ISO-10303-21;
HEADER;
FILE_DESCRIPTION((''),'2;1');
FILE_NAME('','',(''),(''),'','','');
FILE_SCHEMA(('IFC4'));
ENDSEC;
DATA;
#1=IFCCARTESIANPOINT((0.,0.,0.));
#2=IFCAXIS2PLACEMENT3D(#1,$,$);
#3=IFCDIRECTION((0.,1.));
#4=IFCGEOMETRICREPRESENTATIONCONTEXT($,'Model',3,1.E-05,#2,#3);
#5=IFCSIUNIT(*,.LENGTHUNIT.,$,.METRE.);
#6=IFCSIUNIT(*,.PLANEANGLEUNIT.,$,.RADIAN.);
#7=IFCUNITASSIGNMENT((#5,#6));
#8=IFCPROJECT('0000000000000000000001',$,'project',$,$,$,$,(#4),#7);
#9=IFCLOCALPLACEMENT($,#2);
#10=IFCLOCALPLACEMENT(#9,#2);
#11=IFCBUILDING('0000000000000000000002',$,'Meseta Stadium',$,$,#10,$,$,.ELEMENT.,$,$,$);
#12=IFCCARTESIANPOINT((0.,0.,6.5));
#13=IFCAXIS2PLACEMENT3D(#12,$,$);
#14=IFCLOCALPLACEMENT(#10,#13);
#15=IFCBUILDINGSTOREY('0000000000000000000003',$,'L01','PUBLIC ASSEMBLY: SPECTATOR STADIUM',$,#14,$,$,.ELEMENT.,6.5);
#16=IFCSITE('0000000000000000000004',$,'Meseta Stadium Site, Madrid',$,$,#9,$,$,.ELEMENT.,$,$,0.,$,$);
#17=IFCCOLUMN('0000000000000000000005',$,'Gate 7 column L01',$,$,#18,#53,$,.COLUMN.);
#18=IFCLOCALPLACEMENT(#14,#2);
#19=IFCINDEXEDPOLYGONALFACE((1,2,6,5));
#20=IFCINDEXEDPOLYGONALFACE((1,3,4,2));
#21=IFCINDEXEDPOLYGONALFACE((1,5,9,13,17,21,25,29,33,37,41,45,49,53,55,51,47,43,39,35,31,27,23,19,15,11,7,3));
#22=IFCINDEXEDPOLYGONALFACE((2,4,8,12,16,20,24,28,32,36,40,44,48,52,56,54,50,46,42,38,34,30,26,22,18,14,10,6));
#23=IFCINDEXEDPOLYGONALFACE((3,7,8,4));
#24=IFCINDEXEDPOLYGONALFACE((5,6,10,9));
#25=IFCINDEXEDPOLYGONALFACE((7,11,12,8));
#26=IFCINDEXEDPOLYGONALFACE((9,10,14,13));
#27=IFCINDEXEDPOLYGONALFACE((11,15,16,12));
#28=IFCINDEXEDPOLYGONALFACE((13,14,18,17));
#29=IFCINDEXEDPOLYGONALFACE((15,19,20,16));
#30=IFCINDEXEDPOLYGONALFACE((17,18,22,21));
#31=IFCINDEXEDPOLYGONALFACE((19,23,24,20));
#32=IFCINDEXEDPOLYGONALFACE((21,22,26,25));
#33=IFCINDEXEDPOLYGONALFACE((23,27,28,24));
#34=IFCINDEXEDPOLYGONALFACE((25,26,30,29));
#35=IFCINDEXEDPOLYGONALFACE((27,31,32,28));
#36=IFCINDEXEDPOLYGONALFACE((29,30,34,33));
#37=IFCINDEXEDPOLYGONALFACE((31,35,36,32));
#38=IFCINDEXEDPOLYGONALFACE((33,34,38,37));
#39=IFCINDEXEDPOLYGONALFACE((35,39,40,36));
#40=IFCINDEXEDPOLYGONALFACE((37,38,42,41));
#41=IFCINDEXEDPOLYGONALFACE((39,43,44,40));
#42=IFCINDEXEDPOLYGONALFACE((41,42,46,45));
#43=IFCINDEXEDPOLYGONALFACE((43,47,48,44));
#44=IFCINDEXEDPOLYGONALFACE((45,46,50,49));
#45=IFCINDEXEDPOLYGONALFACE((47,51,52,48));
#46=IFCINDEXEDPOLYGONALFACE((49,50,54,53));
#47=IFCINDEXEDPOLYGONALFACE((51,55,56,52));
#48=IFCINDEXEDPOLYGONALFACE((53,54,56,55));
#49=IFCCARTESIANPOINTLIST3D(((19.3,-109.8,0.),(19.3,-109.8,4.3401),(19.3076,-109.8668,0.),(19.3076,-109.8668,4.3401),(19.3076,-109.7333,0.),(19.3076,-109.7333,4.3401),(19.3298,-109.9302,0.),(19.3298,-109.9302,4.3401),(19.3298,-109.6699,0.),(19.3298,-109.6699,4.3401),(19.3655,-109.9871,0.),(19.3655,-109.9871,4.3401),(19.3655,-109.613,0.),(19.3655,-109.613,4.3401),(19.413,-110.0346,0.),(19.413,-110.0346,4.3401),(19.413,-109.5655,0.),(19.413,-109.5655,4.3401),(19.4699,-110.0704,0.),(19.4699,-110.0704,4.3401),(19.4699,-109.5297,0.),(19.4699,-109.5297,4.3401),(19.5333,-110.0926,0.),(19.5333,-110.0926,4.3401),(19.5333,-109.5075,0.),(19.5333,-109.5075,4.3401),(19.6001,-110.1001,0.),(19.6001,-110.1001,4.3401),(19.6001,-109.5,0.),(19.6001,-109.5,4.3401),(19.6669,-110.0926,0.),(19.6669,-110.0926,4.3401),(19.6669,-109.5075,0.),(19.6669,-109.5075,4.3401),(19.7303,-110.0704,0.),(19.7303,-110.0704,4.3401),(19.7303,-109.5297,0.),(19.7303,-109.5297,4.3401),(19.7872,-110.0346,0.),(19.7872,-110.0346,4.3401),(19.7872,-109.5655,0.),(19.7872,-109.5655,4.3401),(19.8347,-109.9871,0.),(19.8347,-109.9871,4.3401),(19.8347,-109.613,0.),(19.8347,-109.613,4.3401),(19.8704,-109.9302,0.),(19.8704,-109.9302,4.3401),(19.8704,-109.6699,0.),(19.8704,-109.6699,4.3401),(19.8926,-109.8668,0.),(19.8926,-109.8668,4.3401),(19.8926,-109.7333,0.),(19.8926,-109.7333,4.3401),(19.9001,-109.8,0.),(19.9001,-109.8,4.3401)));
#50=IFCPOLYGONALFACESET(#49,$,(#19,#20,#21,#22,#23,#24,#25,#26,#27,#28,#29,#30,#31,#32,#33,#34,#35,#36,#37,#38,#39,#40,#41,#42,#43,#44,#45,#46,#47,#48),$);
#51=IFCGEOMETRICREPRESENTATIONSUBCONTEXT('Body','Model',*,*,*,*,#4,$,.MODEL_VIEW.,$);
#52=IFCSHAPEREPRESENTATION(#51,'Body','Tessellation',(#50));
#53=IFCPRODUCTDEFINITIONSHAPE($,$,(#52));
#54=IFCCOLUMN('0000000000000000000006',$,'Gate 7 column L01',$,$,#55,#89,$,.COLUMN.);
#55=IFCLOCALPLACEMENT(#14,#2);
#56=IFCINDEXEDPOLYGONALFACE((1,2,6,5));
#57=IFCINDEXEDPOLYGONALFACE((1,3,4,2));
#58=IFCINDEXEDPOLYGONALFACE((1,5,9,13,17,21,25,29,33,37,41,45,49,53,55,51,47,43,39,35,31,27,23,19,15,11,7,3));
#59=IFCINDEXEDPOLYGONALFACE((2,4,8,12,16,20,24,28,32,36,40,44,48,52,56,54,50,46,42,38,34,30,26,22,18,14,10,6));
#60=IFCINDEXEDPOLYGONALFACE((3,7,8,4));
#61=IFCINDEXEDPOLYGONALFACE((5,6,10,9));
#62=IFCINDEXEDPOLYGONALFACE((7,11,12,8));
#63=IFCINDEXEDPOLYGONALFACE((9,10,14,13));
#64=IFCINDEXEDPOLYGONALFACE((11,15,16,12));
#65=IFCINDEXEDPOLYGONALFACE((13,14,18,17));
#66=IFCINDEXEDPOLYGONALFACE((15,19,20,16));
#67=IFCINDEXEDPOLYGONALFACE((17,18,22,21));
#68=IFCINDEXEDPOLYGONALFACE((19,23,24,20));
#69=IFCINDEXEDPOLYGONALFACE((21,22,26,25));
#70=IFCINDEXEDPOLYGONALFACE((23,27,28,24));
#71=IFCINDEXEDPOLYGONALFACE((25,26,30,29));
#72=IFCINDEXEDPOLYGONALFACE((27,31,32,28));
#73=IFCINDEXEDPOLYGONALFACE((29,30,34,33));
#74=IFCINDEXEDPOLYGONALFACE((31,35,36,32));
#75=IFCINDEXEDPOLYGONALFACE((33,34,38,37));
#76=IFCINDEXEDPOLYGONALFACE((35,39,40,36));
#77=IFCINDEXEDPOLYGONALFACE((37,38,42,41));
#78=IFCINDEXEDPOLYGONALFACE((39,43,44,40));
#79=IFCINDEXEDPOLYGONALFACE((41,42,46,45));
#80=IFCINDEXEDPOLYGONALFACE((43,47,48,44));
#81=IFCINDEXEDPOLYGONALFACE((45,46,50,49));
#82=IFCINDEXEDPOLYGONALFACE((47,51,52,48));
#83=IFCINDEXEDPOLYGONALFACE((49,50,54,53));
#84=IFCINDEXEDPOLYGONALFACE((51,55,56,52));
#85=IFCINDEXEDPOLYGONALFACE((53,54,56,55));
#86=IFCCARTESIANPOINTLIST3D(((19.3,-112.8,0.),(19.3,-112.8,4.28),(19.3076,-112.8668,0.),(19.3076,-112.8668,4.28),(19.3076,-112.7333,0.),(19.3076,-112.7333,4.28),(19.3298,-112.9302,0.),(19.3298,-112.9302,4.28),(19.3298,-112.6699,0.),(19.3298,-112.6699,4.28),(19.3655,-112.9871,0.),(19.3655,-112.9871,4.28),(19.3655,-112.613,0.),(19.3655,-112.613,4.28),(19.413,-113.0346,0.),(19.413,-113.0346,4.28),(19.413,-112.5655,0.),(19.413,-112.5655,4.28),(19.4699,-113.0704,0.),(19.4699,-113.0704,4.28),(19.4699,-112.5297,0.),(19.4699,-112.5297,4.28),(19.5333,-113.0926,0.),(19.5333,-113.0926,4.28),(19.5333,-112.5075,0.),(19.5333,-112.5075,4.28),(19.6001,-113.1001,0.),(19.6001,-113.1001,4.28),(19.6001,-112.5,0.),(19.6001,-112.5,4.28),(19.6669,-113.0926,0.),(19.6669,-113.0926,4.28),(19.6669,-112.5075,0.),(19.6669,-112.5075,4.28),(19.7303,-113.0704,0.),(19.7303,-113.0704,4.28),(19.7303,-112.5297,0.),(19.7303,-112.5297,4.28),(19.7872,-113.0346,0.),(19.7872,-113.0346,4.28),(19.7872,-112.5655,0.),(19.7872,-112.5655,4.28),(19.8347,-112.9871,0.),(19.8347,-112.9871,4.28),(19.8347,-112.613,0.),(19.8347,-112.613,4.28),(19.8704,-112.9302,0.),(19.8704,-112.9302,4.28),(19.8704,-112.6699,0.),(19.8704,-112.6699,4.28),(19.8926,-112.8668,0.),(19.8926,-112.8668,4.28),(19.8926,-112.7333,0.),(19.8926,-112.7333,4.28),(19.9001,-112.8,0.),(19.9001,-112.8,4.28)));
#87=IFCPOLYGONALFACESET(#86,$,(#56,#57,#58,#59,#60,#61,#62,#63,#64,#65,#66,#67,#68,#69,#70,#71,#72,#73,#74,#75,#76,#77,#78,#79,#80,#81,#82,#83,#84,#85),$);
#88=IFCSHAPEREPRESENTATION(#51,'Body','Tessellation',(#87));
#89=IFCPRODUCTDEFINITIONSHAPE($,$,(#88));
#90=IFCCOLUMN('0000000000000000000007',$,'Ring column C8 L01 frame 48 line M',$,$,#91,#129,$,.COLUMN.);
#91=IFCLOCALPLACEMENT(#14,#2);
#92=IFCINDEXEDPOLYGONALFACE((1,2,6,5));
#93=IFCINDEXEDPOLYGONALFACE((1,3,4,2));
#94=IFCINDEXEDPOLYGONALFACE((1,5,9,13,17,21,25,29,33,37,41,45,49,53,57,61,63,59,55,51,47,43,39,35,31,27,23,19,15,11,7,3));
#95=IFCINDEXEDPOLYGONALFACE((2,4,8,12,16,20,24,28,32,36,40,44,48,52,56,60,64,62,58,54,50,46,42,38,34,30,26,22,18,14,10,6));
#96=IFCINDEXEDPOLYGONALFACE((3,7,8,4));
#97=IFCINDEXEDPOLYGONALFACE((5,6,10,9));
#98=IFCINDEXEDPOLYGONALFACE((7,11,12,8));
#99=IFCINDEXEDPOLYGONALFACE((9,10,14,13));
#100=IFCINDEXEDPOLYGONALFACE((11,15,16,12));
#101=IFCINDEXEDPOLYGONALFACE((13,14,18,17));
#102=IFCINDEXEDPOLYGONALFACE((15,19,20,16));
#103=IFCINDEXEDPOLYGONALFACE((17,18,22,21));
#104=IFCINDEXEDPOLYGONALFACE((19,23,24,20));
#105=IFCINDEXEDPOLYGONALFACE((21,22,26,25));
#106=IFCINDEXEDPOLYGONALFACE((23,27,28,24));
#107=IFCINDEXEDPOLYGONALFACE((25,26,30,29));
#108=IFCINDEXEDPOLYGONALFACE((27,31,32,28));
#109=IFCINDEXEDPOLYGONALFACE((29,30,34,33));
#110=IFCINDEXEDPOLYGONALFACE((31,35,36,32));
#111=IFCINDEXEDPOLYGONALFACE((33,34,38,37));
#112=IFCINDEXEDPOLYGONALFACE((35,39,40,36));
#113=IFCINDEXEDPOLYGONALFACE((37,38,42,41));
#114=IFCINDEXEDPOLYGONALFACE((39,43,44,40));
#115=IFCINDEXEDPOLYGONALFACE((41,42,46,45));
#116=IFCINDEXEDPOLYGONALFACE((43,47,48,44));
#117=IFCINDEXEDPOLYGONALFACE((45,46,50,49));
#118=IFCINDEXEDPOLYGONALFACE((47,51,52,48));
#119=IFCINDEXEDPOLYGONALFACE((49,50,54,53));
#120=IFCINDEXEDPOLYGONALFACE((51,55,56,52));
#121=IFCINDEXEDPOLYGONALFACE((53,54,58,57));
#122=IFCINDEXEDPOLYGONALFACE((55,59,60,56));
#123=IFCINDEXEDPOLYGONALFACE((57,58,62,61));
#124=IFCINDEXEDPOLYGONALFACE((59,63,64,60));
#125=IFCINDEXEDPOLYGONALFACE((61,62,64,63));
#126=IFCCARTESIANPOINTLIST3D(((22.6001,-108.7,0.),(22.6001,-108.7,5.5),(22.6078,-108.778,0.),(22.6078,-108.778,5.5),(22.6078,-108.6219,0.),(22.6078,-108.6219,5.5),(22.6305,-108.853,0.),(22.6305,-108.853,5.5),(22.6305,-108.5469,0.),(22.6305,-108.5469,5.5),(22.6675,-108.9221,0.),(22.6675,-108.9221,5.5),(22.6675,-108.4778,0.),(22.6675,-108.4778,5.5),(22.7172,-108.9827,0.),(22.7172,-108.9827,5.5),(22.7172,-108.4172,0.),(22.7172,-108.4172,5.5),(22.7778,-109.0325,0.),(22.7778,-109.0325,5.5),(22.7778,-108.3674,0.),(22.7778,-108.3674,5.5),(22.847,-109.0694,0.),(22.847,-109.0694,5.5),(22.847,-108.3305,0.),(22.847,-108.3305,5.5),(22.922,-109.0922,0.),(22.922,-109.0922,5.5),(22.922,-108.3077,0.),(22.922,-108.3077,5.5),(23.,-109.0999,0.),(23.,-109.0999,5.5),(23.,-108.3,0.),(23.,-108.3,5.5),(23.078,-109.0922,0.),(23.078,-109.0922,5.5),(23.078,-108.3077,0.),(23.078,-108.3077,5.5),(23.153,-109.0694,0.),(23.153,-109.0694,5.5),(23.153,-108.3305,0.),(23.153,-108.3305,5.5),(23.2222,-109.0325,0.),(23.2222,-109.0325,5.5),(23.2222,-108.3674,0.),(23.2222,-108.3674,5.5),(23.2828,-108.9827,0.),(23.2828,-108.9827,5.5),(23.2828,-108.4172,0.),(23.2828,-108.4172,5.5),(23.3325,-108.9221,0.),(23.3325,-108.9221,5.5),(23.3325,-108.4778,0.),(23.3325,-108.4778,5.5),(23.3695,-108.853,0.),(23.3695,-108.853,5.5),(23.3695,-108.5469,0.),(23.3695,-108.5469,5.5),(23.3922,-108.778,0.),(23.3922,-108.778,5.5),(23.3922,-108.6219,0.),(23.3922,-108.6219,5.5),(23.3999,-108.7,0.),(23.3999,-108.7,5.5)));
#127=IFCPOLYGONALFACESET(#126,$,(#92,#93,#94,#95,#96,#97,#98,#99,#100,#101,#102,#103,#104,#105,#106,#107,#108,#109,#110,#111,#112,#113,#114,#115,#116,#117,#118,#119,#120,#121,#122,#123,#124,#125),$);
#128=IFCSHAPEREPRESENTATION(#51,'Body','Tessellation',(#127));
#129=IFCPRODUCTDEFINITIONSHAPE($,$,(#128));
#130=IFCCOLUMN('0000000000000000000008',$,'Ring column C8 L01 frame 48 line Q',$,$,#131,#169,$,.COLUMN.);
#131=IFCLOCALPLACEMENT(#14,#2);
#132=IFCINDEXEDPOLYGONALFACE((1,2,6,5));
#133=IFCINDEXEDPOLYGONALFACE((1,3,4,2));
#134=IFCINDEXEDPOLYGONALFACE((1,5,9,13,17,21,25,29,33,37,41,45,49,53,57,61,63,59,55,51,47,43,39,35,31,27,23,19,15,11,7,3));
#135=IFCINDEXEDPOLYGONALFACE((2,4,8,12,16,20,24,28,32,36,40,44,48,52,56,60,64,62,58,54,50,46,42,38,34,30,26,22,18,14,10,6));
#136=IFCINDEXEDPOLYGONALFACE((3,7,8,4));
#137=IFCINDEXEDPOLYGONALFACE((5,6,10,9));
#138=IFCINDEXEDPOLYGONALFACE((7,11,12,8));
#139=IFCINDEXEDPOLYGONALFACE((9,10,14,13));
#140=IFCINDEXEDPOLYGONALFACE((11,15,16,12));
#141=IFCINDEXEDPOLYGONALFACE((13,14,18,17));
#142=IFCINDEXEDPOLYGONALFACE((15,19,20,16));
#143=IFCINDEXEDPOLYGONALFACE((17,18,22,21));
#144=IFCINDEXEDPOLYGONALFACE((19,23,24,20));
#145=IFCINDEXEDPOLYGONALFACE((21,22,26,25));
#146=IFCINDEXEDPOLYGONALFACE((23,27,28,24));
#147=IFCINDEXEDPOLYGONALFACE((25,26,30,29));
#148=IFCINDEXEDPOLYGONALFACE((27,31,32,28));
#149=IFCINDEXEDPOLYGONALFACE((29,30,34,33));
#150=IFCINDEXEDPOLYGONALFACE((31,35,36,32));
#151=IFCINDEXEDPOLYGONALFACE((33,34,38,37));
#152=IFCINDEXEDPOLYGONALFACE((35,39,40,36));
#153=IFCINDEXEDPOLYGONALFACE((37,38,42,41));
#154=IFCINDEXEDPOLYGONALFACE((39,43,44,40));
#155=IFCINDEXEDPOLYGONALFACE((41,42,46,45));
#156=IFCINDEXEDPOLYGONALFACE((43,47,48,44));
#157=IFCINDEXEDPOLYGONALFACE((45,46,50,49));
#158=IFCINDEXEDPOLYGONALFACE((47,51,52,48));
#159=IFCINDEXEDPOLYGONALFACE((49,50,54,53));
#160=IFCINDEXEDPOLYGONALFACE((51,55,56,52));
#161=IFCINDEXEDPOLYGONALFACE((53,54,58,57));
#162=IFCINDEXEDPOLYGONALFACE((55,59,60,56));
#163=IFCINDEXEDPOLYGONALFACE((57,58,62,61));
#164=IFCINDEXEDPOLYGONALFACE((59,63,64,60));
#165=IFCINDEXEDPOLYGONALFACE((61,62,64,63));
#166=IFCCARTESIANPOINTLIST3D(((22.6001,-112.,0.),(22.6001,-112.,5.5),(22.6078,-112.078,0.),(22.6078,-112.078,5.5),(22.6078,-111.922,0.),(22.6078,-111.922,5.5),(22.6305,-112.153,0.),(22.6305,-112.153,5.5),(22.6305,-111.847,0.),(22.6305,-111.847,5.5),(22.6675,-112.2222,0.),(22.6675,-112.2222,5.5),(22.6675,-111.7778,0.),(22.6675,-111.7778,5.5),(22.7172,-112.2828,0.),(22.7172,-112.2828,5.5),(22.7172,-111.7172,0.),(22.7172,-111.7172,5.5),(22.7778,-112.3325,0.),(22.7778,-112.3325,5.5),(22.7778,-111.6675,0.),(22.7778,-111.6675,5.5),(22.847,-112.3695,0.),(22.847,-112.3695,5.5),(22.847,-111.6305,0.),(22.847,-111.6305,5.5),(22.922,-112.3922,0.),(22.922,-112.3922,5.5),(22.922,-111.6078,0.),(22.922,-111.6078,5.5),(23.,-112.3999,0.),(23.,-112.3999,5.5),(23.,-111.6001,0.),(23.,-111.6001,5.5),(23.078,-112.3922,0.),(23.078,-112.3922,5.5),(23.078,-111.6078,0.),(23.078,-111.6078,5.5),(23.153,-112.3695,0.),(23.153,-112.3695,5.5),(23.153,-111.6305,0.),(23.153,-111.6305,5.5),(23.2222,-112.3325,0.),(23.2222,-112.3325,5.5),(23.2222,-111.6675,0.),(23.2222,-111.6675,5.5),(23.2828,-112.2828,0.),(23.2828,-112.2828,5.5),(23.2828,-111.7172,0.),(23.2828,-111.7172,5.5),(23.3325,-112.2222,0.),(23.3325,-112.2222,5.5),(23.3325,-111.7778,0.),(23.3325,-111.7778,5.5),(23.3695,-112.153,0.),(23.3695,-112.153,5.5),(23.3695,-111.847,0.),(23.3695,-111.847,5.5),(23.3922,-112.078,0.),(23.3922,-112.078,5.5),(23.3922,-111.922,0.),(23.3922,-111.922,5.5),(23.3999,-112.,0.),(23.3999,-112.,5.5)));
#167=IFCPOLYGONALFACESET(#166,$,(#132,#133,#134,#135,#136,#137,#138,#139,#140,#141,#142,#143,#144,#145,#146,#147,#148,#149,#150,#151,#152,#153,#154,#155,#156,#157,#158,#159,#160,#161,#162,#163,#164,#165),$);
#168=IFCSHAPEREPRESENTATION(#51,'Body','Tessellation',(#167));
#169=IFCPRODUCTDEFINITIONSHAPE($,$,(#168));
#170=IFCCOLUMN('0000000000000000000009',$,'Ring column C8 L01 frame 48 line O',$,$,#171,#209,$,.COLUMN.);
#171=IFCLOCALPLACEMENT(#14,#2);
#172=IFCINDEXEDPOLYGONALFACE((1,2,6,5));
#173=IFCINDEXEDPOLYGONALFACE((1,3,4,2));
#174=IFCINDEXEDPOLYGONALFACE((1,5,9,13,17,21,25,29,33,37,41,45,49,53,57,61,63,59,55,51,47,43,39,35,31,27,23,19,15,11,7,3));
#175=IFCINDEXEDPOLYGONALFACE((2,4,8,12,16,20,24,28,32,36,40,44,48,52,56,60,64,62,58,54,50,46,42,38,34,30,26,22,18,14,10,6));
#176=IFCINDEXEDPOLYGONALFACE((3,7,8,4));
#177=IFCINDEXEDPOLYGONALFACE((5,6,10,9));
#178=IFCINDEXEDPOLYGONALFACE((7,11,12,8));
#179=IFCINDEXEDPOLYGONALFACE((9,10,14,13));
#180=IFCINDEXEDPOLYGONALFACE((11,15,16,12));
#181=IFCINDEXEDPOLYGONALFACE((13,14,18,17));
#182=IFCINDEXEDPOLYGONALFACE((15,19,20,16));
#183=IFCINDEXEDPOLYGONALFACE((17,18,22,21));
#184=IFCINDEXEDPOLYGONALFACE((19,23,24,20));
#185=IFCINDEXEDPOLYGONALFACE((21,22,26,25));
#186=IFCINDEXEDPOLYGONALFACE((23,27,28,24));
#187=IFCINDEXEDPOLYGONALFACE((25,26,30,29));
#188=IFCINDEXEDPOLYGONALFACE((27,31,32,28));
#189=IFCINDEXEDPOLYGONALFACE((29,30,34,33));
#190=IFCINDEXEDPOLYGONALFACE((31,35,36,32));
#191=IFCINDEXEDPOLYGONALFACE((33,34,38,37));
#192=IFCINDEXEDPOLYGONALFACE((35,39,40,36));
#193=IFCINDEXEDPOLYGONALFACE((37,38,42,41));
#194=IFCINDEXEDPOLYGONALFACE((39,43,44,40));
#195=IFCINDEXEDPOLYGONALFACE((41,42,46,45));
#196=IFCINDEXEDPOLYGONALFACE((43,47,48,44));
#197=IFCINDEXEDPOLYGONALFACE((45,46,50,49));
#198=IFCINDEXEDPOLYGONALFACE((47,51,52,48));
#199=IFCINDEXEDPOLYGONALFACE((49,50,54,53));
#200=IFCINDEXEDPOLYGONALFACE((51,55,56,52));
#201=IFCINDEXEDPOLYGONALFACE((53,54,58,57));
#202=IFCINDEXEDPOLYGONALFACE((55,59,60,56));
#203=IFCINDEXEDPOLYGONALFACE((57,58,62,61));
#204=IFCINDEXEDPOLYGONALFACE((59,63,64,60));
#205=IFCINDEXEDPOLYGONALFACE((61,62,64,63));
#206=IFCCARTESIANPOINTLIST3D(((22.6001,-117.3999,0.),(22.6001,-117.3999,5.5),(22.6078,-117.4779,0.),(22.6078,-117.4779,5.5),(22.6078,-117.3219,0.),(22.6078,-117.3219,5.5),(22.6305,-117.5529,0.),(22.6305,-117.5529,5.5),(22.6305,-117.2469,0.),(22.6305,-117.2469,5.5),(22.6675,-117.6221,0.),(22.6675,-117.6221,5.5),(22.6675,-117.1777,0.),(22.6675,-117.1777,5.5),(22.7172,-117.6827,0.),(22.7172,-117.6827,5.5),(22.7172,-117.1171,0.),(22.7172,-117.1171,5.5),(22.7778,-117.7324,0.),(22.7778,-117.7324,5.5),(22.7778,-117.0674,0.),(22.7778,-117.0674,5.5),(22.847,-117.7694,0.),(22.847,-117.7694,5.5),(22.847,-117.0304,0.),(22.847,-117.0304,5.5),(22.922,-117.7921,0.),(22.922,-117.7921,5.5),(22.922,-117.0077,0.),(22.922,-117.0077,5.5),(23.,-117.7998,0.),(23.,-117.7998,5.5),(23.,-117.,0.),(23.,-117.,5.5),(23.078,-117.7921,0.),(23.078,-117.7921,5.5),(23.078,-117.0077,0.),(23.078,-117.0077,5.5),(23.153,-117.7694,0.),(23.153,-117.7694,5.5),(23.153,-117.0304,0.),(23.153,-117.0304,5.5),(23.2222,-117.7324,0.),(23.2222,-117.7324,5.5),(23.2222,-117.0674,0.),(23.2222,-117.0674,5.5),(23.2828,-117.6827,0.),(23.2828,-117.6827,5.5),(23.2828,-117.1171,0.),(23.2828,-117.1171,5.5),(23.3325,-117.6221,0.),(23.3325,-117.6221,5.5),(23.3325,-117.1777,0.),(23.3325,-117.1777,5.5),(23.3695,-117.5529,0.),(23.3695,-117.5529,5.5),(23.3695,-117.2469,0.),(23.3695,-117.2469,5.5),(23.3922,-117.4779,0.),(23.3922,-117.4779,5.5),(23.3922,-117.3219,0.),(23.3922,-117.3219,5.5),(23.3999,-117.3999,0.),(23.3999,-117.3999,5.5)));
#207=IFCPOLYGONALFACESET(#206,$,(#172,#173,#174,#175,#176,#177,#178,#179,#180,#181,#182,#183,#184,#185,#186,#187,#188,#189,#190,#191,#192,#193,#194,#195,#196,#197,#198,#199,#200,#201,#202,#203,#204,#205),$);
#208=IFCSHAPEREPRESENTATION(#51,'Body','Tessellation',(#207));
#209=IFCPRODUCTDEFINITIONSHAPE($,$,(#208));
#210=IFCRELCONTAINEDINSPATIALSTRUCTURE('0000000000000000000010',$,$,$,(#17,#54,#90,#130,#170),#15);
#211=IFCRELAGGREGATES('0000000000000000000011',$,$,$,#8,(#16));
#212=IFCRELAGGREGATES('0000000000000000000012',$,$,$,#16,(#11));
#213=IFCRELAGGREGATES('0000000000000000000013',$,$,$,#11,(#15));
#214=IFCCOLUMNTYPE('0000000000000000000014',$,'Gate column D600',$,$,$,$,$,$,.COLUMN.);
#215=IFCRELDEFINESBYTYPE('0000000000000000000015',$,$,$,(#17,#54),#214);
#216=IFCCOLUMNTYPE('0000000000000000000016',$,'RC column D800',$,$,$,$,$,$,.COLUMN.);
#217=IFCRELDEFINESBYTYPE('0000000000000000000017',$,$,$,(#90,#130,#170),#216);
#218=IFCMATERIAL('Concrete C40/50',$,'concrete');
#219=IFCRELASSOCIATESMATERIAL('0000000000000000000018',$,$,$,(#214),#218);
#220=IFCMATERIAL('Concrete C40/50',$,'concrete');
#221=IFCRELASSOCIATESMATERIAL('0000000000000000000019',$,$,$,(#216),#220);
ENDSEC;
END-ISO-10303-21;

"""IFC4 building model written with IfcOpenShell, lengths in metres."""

from ifc_helpers import new_model, si_unit, direction, frame, origin, origin_2d, place, context, subcontext, project, spatial, circle, extrude, material, material_profile, profile_set, type_object, element, save


model = new_model("IFC4")

# Units and contexts
model_context = context("Model", 3, precision=1e-05, world=origin(), true_north=direction((0.0, 1.0)))
body_context = subcontext(model_context, "Body", "Model", "MODEL_VIEW")
ifc_project = project(units=[si_unit("LENGTHUNIT", "METRE"), si_unit("PLANEANGLEUNIT", "RADIAN")], contexts=[model_context])

# Site, building, storey
site_placement = place(None, origin())
site = spatial("IfcSite", under=ifc_project, at=site_placement, Name="Meseta Stadium Site, Madrid", CompositionType="ELEMENT", RefElevation=0.0)
building_placement = place(site_placement, origin())
building = spatial("IfcBuilding", under=site, at=building_placement, Name="Meseta Stadium", CompositionType="ELEMENT")
storey_placement = place(building_placement, frame((0.0, 0.0, 6.5)))
storey = spatial("IfcBuildingStorey", under=building, at=storey_placement, Name="L01", Description="PUBLIC ASSEMBLY: SPECTATOR STADIUM", CompositionType="ELEMENT", Elevation=6.5)

# Columns
ifc_material_1 = material(Name="Concrete C40/50", Category="concrete")
ifc_material_profile_1 = material_profile(ifc_material_1, circle(Radius=0.3, at=origin_2d()), Name="RC D600")
ifc_profile_set_1 = profile_set([ifc_material_profile_1], Name="Concrete C40/50")
column_type_1 = type_object("IfcColumnType", Name="Gate column D600", PredefinedType="COLUMN", material=ifc_profile_set_1)
column_1_placement = place(storey_placement, frame((19.6001, -109.8, 0.0), z_axis=(0.0, 0.0, 1.0), x_axis=(1.0, 0.0, 0.0)))
element("IfcColumn", 1, at=column_1_placement, inside=storey, type_object=column_type_1, Name="Gate 7 column L01", PredefinedType="COLUMN", context=body_context, shape_type="SweptSolid", body=[
    extrude(circle(Radius=0.3, at=origin_2d()), origin(), (0.0, 0.0, 1.0), 4.3401),
])
column_2_placement = place(storey_placement, frame((19.6001, -112.8, 0.0), z_axis=(0.0, 0.0, 1.0), x_axis=(1.0, 0.0, 0.0)))
element("IfcColumn", 2, at=column_2_placement, inside=storey, type_object=column_type_1, Name="Gate 7 column L01", PredefinedType="COLUMN", context=body_context, shape_type="SweptSolid", body=[
    extrude(circle(Radius=0.3, at=origin_2d()), origin(), (0.0, 0.0, 1.0), 4.28),
])
ifc_material_2 = material(Name="Concrete C40/50", Category="concrete")
ifc_material_profile_2 = material_profile(ifc_material_2, circle(Radius=0.3999, at=origin_2d()), Name="RC D800")
ifc_profile_set_2 = profile_set([ifc_material_profile_2], Name="Concrete C40/50")
column_type_2 = type_object("IfcColumnType", Name="RC column D800", PredefinedType="COLUMN", material=ifc_profile_set_2)
for number, where, z_axis, x_axis, name in (
    (3, (23.0, -108.7, 0.0), (0.0, 0.0, 1.0), (1.0, 0.0, 0.0), "Ring column C8 L01 frame 48 line M"),
    (4, (23.0, -112.0, 0.0), (0.0, 0.0, 1.0), (1.0, 0.0, 0.0), "Ring column C8 L01 frame 48 line Q"),
    (5, (23.0, -117.3999, 0.0), (0.0, 0.0, 1.0), (1.0, 0.0, 0.0), "Ring column C8 L01 frame 48 line O"),
):
    element("IfcColumn", number, at=place(storey_placement, frame(where, z_axis=z_axis, x_axis=x_axis)), inside=storey, type_object=column_type_2, Name=name, PredefinedType="COLUMN", context=body_context, shape_type="SweptSolid", body=[
        extrude(circle(Radius=0.3999, at=origin_2d()), origin(), (0.0, 0.0, 1.0), 5.5),
    ])

save(model, "model.ifc")
